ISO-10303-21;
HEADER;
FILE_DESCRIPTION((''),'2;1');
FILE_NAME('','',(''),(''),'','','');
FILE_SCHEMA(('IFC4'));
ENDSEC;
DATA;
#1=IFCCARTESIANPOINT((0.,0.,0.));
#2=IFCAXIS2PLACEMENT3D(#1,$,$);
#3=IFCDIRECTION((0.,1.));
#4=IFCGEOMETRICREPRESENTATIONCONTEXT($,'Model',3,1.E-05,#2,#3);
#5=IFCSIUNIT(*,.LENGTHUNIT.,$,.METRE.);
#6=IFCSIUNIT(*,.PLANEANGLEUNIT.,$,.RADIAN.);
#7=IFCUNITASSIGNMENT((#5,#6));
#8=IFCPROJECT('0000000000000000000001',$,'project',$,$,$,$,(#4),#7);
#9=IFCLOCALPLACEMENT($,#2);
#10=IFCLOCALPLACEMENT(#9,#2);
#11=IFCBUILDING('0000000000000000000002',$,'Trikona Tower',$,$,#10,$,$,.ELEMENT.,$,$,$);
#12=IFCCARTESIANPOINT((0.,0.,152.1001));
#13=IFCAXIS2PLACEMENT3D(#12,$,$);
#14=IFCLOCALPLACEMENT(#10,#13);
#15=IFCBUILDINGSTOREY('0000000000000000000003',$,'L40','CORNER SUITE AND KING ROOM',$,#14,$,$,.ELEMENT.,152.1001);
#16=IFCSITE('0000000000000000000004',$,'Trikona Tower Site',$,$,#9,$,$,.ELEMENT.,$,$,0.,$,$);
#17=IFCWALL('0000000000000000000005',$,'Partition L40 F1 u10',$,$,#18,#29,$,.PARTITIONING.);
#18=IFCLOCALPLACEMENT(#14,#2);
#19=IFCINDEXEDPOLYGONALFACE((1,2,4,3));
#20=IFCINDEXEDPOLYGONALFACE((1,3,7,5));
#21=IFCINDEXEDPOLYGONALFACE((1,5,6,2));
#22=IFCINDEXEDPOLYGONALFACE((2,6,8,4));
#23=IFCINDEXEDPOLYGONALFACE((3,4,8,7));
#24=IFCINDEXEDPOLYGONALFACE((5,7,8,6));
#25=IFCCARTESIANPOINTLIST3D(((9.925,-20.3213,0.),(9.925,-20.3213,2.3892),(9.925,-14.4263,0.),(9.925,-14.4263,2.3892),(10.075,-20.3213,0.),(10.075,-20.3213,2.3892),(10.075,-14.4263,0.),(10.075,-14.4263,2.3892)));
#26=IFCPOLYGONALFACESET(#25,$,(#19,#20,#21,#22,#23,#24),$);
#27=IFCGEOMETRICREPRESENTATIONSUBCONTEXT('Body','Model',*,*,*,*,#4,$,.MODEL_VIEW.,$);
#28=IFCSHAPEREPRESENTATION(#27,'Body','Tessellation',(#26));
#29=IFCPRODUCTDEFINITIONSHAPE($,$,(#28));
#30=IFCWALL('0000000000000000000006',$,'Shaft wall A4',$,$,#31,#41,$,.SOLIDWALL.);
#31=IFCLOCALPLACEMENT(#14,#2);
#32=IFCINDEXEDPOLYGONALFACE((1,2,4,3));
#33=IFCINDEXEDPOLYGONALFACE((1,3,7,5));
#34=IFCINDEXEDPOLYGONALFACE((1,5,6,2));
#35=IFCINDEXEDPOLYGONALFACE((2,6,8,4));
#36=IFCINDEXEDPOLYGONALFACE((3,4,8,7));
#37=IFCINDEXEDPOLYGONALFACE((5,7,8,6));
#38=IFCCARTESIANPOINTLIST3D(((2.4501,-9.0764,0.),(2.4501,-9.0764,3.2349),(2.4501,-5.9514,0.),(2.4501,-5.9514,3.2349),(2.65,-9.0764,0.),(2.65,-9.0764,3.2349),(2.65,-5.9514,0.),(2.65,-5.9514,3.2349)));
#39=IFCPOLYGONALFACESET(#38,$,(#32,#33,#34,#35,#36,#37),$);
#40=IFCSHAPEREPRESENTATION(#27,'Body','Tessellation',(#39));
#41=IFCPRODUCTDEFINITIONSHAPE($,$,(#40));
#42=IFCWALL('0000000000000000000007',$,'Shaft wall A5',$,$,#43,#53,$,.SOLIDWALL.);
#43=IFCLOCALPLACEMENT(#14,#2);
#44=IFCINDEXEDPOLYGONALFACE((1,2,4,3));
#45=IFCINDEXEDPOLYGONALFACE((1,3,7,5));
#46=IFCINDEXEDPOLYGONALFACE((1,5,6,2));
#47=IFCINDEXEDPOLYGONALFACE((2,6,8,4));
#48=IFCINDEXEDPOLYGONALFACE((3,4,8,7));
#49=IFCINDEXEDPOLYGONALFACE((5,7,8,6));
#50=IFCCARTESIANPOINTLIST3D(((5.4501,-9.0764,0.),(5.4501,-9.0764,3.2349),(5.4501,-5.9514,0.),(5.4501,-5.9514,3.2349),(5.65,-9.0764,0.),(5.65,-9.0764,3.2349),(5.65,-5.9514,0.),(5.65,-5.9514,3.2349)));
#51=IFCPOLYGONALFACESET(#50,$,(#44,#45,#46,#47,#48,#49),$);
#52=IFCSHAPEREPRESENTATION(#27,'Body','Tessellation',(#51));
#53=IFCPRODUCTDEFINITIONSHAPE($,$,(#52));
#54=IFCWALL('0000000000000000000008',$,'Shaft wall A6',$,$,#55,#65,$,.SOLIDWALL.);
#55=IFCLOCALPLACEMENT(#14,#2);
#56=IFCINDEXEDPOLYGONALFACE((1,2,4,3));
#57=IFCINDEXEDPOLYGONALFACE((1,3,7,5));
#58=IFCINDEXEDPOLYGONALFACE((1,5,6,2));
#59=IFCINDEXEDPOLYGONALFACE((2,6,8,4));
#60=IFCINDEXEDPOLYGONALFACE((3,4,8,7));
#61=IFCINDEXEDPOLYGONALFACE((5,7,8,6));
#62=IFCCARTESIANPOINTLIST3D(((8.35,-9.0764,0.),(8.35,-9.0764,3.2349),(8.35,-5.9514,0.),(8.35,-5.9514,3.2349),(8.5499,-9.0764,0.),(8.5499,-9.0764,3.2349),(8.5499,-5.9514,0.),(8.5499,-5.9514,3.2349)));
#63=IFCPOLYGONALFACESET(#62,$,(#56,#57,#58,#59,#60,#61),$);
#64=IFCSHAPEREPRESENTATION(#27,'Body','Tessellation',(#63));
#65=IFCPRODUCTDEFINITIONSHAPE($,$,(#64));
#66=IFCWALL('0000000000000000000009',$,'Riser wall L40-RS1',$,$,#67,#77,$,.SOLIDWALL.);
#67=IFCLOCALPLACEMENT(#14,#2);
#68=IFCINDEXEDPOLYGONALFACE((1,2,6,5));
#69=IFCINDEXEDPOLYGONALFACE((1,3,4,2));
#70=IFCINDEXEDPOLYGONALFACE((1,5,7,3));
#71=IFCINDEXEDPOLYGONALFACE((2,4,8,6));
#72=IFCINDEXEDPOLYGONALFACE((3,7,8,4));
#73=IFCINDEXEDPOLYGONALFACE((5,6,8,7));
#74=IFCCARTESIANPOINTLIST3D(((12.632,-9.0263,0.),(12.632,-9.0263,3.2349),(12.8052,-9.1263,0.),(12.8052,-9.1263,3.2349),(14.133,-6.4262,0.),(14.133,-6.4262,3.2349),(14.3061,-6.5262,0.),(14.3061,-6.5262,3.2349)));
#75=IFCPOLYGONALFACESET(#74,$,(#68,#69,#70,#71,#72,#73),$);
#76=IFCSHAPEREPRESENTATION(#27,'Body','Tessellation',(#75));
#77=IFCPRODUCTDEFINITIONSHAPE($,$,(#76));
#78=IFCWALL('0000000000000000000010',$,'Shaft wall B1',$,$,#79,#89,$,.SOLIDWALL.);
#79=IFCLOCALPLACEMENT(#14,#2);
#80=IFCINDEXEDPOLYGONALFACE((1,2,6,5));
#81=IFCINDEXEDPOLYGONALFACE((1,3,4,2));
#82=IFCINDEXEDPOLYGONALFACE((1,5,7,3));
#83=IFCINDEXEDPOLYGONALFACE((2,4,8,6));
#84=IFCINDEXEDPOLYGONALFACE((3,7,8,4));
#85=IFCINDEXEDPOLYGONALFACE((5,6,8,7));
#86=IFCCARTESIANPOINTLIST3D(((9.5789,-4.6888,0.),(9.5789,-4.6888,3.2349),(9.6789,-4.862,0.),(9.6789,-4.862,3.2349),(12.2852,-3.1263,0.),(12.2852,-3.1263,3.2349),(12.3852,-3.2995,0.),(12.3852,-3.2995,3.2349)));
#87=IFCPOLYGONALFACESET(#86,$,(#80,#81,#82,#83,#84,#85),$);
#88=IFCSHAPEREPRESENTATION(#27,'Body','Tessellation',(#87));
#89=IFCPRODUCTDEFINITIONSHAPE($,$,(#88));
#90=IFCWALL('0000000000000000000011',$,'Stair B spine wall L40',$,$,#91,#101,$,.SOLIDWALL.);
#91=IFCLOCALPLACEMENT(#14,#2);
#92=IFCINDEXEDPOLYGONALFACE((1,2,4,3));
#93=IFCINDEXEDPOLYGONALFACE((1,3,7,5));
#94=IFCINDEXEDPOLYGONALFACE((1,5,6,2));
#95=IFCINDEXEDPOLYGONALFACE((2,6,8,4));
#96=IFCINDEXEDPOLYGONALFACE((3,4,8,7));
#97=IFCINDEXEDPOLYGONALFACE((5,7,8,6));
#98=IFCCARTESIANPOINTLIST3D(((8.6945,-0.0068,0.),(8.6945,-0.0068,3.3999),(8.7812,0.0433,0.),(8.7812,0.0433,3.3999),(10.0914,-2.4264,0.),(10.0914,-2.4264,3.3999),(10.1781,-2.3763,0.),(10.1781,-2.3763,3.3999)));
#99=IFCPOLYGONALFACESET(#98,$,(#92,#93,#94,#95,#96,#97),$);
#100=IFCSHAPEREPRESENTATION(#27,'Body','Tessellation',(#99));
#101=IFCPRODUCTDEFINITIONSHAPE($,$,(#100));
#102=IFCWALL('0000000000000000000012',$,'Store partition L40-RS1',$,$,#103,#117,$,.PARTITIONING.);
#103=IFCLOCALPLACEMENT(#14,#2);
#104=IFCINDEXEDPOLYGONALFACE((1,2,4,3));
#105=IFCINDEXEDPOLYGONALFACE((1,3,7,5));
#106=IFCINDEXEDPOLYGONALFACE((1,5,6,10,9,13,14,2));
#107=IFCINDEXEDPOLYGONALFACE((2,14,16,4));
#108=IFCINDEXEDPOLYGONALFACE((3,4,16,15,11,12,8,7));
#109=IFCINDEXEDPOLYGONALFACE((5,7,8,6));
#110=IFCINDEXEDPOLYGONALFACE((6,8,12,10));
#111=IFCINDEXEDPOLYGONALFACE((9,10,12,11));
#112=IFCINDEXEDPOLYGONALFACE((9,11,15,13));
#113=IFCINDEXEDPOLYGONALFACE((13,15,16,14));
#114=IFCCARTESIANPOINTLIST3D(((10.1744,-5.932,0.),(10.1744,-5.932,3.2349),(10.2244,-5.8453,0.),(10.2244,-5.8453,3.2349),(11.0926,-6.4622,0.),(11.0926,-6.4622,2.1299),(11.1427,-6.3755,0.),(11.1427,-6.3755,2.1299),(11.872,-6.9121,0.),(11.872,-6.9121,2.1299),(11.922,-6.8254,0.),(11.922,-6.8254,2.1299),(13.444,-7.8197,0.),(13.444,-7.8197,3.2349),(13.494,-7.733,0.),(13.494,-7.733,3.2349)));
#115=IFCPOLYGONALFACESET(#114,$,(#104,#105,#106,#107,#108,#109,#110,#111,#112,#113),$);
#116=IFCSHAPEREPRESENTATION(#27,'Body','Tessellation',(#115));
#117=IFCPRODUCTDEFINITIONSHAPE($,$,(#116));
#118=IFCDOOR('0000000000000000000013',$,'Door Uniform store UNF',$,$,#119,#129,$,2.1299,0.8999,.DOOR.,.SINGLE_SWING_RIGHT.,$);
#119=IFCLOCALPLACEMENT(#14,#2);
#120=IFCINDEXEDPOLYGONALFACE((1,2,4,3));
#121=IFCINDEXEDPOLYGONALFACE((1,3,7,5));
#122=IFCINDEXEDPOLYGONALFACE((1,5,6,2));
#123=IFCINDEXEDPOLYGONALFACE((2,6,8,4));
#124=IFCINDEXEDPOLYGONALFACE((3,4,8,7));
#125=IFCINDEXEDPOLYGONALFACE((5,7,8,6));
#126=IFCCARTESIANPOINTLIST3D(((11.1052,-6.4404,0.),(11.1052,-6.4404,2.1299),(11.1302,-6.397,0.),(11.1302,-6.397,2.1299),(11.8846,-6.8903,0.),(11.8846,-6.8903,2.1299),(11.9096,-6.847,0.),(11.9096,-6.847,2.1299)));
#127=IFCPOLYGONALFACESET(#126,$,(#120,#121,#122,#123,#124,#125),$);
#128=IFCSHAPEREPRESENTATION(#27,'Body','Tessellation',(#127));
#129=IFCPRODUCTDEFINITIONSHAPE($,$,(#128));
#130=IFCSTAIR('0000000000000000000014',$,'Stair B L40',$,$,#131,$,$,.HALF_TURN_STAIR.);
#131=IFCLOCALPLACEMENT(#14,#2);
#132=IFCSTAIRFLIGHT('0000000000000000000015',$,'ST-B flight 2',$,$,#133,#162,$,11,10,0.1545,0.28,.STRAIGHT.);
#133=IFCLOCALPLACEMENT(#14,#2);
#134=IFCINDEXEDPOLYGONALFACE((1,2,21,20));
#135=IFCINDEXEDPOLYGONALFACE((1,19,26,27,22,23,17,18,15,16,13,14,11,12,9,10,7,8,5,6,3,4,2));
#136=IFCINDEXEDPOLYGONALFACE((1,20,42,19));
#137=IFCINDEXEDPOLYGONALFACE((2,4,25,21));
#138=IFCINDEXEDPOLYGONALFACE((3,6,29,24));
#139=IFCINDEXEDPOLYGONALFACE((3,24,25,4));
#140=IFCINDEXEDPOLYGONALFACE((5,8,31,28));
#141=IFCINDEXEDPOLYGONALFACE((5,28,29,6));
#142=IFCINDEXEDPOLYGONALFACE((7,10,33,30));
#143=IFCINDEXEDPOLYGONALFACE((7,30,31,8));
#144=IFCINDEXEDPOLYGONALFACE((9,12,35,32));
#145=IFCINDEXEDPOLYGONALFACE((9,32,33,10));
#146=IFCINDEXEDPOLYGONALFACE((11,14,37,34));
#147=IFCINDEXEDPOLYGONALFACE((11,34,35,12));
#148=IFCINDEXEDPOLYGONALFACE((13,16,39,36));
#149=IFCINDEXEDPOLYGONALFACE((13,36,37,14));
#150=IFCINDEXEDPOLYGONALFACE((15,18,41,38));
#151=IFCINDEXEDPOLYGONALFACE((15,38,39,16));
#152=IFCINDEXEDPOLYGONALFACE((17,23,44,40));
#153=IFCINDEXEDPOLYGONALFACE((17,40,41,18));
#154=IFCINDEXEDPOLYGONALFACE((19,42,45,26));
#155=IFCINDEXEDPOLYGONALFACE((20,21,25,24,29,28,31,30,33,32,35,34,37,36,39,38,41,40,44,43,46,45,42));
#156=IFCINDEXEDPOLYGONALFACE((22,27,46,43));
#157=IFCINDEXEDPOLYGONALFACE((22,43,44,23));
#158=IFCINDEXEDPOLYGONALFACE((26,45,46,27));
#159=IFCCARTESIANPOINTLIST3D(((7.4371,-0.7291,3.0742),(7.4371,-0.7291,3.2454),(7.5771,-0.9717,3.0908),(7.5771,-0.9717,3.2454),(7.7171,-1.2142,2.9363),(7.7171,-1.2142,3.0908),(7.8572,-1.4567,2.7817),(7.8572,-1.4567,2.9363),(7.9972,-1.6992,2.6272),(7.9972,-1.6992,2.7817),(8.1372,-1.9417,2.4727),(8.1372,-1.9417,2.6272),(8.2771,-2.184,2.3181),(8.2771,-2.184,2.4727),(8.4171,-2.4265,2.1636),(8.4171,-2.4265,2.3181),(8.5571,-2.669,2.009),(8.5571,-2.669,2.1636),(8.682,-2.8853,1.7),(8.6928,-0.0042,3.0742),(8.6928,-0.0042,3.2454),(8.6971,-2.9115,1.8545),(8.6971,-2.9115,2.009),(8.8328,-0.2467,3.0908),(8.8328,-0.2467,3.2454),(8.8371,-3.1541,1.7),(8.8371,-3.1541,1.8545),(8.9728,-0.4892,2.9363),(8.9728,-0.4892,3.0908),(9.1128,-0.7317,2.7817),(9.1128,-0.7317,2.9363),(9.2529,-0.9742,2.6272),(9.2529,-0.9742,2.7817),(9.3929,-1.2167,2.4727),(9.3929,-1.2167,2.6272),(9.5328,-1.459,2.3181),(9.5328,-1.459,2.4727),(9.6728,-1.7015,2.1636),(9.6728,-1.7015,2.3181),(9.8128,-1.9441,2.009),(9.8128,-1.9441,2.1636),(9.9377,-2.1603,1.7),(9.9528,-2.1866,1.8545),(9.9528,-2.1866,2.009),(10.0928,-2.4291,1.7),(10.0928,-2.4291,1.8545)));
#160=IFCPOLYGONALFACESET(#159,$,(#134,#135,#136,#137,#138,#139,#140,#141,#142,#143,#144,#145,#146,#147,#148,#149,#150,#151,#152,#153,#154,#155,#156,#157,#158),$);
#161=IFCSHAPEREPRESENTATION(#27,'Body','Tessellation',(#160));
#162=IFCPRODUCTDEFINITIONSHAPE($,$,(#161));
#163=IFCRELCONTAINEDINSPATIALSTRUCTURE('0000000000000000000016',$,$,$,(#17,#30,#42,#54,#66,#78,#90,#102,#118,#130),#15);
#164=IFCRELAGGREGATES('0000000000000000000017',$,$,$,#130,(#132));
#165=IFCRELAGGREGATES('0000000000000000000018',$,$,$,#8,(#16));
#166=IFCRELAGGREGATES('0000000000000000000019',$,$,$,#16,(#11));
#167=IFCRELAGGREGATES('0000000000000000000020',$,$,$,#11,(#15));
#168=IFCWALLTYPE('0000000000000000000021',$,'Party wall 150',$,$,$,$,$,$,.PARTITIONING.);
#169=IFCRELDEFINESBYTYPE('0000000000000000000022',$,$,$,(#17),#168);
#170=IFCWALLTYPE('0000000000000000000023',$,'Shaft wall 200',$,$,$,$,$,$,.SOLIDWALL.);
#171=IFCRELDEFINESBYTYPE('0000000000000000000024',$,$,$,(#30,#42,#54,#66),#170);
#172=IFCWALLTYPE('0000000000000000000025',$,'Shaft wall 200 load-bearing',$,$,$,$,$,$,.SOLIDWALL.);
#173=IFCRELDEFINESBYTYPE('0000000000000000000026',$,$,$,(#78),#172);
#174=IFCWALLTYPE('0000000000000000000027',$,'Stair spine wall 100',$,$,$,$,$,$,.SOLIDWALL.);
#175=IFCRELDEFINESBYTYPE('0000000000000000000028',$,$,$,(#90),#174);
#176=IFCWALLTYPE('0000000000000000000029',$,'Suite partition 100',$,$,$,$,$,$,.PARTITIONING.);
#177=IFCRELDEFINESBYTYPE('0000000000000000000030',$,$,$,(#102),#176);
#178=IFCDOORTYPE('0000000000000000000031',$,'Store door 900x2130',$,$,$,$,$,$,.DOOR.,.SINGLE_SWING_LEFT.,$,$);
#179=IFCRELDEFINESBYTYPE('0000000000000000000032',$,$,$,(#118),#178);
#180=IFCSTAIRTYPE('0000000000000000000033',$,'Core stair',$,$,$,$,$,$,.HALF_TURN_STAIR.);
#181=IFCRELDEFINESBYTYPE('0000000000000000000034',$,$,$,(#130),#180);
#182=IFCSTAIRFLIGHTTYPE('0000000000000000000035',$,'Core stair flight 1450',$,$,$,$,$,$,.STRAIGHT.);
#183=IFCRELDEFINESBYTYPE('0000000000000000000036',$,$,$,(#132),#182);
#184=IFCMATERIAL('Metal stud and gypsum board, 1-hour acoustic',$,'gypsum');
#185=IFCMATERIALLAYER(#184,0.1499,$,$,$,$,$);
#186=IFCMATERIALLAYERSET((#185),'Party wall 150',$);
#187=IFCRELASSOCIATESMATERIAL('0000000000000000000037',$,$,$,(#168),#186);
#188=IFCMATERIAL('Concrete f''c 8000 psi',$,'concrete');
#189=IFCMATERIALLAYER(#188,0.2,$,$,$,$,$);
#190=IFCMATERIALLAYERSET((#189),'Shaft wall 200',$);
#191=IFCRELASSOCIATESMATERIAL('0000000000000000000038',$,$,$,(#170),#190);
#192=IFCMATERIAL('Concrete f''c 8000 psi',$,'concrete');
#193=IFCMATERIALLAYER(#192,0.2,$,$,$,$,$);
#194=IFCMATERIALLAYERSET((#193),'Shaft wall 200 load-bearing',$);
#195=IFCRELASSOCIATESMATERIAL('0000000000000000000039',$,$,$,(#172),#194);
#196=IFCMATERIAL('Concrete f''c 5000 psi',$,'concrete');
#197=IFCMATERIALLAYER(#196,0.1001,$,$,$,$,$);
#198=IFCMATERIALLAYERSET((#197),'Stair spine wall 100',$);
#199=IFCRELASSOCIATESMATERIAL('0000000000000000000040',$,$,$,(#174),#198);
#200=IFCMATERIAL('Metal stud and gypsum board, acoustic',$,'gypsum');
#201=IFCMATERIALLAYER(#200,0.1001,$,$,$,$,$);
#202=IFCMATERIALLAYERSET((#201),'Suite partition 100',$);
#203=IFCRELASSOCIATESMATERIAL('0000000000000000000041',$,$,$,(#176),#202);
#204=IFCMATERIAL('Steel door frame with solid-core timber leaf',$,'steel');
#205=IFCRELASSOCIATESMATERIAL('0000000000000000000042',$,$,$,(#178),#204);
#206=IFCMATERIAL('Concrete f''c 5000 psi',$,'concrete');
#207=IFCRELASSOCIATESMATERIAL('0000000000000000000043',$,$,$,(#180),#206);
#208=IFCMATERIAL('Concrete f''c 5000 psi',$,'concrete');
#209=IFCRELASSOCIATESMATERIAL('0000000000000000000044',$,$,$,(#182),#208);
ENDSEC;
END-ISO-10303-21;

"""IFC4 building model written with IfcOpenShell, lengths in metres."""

from ifc_helpers import new_model, si_unit, direction, frame, frame_2d, origin, place, context, subcontext, project, spatial, polyline, rectangle, outline, extrude, material, layer, layer_set, type_object, element, fill, aggregate, save


model = new_model("IFC4")

# Units and contexts
model_context = context("Model", 3, precision=1e-05, world=origin(), true_north=direction((0.0, 1.0)))
body_context = subcontext(model_context, "Body", "Model", "MODEL_VIEW")
ifc_project = project(units=[si_unit("LENGTHUNIT", "METRE"), si_unit("PLANEANGLEUNIT", "RADIAN")], contexts=[model_context])

# Site, building, storey
site_placement = place(None, origin())
site = spatial("IfcSite", under=ifc_project, at=site_placement, Name="Trikona Tower Site", CompositionType="ELEMENT", RefElevation=0.0)
building_placement = place(site_placement, origin())
building = spatial("IfcBuilding", under=site, at=building_placement, Name="Trikona Tower", CompositionType="ELEMENT")
storey_placement = place(building_placement, frame((0.0, 0.0, 152.1001)))
storey = spatial("IfcBuildingStorey", under=building, at=storey_placement, Name="L40", Description="CORNER SUITE AND KING ROOM", CompositionType="ELEMENT", Elevation=152.1001)

# Walls
ifc_material_1 = material(Name="Metal stud and gypsum board, 1-hour acoustic", Category="gypsum")
ifc_layer_1 = layer(ifc_material_1, 0.1499)
ifc_layer_set_1 = layer_set([ifc_layer_1], Name="Party wall 150")
wall_type_1 = type_object("IfcWallType", Name="Party wall 150", PredefinedType="PARTITIONING", material=ifc_layer_set_1)
wall_1_placement = place(storey_placement, frame((10.0, -14.4263, 0.0), z_axis=(0.0, 0.0, 1.0), x_axis=(0.0, -1.0, 0.0)))
element("IfcWall", 1, at=wall_1_placement, inside=storey, type_object=wall_type_1, Name="Partition L40 F1 u10", PredefinedType="PARTITIONING", context=body_context, shape_type="SweptSolid", body=[
    extrude(rectangle(XDim=5.895, YDim=0.1499, at=frame_2d((2.9475, 0.0))), origin(), (0.0, 0.0, 1.0), 2.3892),
])
ifc_material_2 = material(Name="Concrete f'c 8000 psi", Category="concrete")
ifc_layer_2 = layer(ifc_material_2, 0.2)
ifc_layer_set_2 = layer_set([ifc_layer_2], Name="Shaft wall 200")
wall_type_2 = type_object("IfcWallType", Name="Shaft wall 200", PredefinedType="SOLIDWALL", material=ifc_layer_set_2)
for number, where, z_axis, x_axis, name in (
    (2, (2.55, -5.9514, 0.0), (0.0, 0.0, 1.0), (0.0, -1.0, 0.0), "Shaft wall A4"),
    (3, (5.55, -5.9514, 0.0), (0.0, 0.0, 1.0), (0.0, -1.0, 0.0), "Shaft wall A5"),
    (4, (8.45, -5.9514, 0.0), (0.0, 0.0, 1.0), (0.0, -1.0, 0.0), "Shaft wall A6"),
):
    element("IfcWall", number, at=place(storey_placement, frame(where, z_axis=z_axis, x_axis=x_axis)), inside=storey, type_object=wall_type_2, Name=name, PredefinedType="SOLIDWALL", context=body_context, shape_type="SweptSolid", body=[
        extrude(rectangle(XDim=3.125, YDim=0.2, at=frame_2d((1.5625, 0.0))), origin(), (0.0, 0.0, 1.0), 3.2349),
    ])
wall_2_placement = place(storey_placement, frame((14.2195, -6.4763, 0.0), z_axis=(0.0, 0.0, 1.0), x_axis=(-0.499952, -0.866053, 0.0)))
element("IfcWall", 5, at=wall_2_placement, inside=storey, type_object=wall_type_2, Name="Riser wall L40-RS1", PredefinedType="SOLIDWALL", context=body_context, shape_type="SweptSolid", body=[
    extrude(rectangle(XDim=3.0022, YDim=0.2, at=frame_2d((1.501, 0.0))), origin(), (0.0, 0.0, 1.0), 3.2349),
])
ifc_material_3 = material(Name="Concrete f'c 8000 psi", Category="concrete")
ifc_layer_3 = layer(ifc_material_3, 0.2)
ifc_layer_set_3 = layer_set([ifc_layer_3], Name="Shaft wall 200 load-bearing")
wall_type_3 = type_object("IfcWallType", Name="Shaft wall 200 load-bearing", PredefinedType="SOLIDWALL", material=ifc_layer_set_3)
wall_3_placement = place(storey_placement, frame((9.6289, -4.7754, 0.0), z_axis=(0.0, 0.0, 1.0), x_axis=(0.866023, 0.500004, 0.0)))
element("IfcWall", 6, at=wall_3_placement, inside=storey, type_object=wall_type_3, Name="Shaft wall B1", PredefinedType="SOLIDWALL", context=body_context, shape_type="SweptSolid", body=[
    extrude(rectangle(XDim=3.125, YDim=0.2, at=frame_2d((1.5625, 0.0))), origin(), (0.0, 0.0, 1.0), 3.2349),
])
ifc_material_4 = material(Name="Concrete f'c 5000 psi", Category="concrete")
ifc_layer_4 = layer(ifc_material_4, 0.1001)
ifc_layer_set_4 = layer_set([ifc_layer_4], Name="Stair spine wall 100")
wall_type_4 = type_object("IfcWallType", Name="Stair spine wall 100", PredefinedType="SOLIDWALL", material=ifc_layer_set_4)
wall_4_placement = place(storey_placement, frame((10.1348, -2.4014, 0.0), z_axis=(0.0, 0.0, 1.0), x_axis=(-0.499992, 0.86603, 0.0)))
element("IfcWall", 7, at=wall_4_placement, inside=storey, type_object=wall_type_4, Name="Stair B spine wall L40", PredefinedType="SOLIDWALL", context=body_context, shape_type="SweptSolid", body=[
    extrude(rectangle(XDim=2.7939, YDim=0.1001, at=frame_2d((1.397, 0.0))), origin(), (0.0, 0.0, 1.0), 3.3999),
])

# Wall, opening, door
ifc_material_5 = material(Name="Metal stud and gypsum board, acoustic", Category="gypsum")
ifc_layer_5 = layer(ifc_material_5, 0.1001)
ifc_layer_set_5 = layer_set([ifc_layer_5], Name="Suite partition 100")
wall_type_5 = type_object("IfcWallType", Name="Suite partition 100", PredefinedType="PARTITIONING", material=ifc_layer_set_5)
wall_5_placement = place(storey_placement, frame((13.469, -7.7764, 0.0), z_axis=(0.0, 0.0, 1.0), x_axis=(-0.866022, 0.500006, 0.0)))
wall_5 = element("IfcWall", 8, at=wall_5_placement, inside=storey, type_object=wall_type_5, Name="Store partition L40-RS1", PredefinedType="PARTITIONING", context=body_context, shape_type="SweptSolid", body=[
    extrude(rectangle(XDim=3.7754, YDim=0.1001, at=frame_2d((1.8877, 0.0))), origin(), (0.0, 0.0, 1.0), 3.2349),
])
opening_1_placement = place(wall_5_placement, frame((1.8152, 0.0, 0.0)))
opening_1 = element("IfcOpeningElement", 9, at=opening_1_placement, cuts=wall_5, PredefinedType="OPENING", context=body_context, shape_type="SweptSolid", body=[
    extrude(rectangle(XDim=0.8999, YDim=2.1299, at=frame_2d((0.45, 1.0649))), frame((0.0, 0.0601, 0.0), z_axis=(0.0, -1.0, 0.0), x_axis=(1.0, 0.0, 0.0)), (0.0, 0.0, 1.0), 0.1201),
])
ifc_material_6 = material(Name="Steel door frame with solid-core timber leaf", Category="steel")
door_type_1 = type_object("IfcDoorType", Name="Store door 900x2130", OperationType="SINGLE_SWING_LEFT", PredefinedType="DOOR", material=ifc_material_6)
door_1_placement = place(opening_1_placement, origin())
door_1 = element("IfcDoor", 10, at=door_1_placement, inside=storey, type_object=door_type_1, Name="Door Uniform store UNF", OperationType="SINGLE_SWING_RIGHT", OverallHeight=2.1299, OverallWidth=0.8999, PredefinedType="DOOR", context=body_context, shape_type="SweptSolid", body=[
    extrude(rectangle(XDim=0.8999, YDim=2.1299, at=frame_2d((0.45, 1.0649))), frame((0.0, 0.0249, 0.0), z_axis=(0.0, -1.0, 0.0), x_axis=(1.0, 0.0, 0.0)), (0.0, 0.0, 1.0), 0.05),
])
fill(opening_1, door_1)

# Stair, stair flight
ifc_material_7 = material(Name="Concrete f'c 5000 psi", Category="concrete")
stair_type = type_object("IfcStairType", Name="Core stair", PredefinedType="HALF_TURN_STAIR", material=ifc_material_7)
stair_placement = place(storey_placement, origin())
stair = element("IfcStair", 11, at=stair_placement, inside=storey, type_object=stair_type, Name="Stair B L40", PredefinedType="HALF_TURN_STAIR")
ifc_material_8 = material(Name="Concrete f'c 5000 psi", Category="concrete")
stair_flight_type = type_object("IfcStairFlightType", Name="Core stair flight 1450", PredefinedType="STRAIGHT", material=ifc_material_8)
stair_flight_placement = place(storey_placement, frame((9.4651, -2.7915, 1.7), z_axis=(0.0, 0.0, 1.0), x_axis=(-0.5, 0.866025, 0.0)))
stair_flight = element("IfcStairFlight", 12, at=stair_flight_placement, type_object=stair_flight_type, Name="ST-B flight 2", NumberOfRisers=11, NumberOfTreads=10, PredefinedType="STRAIGHT", RiserHeight=0.1545, TreadLength=0.28, context=body_context, shape_type="SweptSolid", body=[
    extrude(outline(polyline([(0.0, 0.0), (0.0, 0.1545), (0.28, 0.1545), (0.28, 0.3091), (0.5601, 0.3091), (0.5601, 0.4636), (0.8401, 0.4636), (0.8401, 0.6182), (1.1201, 0.6182), (1.1201, 0.7727), (1.3999, 0.7727), (1.3999, 0.9272), (1.6799, 0.9272), (1.6799, 1.0818), (1.96, 1.0818), (1.96, 1.2363), (2.24, 1.2363), (2.24, 1.3909), (2.52, 1.3909), (2.52, 1.5454), (2.8, 1.5454), (2.8, 1.7), (2.8, 1.3743), (0.3103, 0.0), (0.0, 0.0)])), frame((0.0, 0.7251, 0.0), z_axis=(0.0, -1.0, 0.0), x_axis=(1.0, 0.0, 0.0)), (0.0, 0.0, 1.0), 1.45),
])
aggregate(stair, [stair_flight])

save(model, "model.ifc")
